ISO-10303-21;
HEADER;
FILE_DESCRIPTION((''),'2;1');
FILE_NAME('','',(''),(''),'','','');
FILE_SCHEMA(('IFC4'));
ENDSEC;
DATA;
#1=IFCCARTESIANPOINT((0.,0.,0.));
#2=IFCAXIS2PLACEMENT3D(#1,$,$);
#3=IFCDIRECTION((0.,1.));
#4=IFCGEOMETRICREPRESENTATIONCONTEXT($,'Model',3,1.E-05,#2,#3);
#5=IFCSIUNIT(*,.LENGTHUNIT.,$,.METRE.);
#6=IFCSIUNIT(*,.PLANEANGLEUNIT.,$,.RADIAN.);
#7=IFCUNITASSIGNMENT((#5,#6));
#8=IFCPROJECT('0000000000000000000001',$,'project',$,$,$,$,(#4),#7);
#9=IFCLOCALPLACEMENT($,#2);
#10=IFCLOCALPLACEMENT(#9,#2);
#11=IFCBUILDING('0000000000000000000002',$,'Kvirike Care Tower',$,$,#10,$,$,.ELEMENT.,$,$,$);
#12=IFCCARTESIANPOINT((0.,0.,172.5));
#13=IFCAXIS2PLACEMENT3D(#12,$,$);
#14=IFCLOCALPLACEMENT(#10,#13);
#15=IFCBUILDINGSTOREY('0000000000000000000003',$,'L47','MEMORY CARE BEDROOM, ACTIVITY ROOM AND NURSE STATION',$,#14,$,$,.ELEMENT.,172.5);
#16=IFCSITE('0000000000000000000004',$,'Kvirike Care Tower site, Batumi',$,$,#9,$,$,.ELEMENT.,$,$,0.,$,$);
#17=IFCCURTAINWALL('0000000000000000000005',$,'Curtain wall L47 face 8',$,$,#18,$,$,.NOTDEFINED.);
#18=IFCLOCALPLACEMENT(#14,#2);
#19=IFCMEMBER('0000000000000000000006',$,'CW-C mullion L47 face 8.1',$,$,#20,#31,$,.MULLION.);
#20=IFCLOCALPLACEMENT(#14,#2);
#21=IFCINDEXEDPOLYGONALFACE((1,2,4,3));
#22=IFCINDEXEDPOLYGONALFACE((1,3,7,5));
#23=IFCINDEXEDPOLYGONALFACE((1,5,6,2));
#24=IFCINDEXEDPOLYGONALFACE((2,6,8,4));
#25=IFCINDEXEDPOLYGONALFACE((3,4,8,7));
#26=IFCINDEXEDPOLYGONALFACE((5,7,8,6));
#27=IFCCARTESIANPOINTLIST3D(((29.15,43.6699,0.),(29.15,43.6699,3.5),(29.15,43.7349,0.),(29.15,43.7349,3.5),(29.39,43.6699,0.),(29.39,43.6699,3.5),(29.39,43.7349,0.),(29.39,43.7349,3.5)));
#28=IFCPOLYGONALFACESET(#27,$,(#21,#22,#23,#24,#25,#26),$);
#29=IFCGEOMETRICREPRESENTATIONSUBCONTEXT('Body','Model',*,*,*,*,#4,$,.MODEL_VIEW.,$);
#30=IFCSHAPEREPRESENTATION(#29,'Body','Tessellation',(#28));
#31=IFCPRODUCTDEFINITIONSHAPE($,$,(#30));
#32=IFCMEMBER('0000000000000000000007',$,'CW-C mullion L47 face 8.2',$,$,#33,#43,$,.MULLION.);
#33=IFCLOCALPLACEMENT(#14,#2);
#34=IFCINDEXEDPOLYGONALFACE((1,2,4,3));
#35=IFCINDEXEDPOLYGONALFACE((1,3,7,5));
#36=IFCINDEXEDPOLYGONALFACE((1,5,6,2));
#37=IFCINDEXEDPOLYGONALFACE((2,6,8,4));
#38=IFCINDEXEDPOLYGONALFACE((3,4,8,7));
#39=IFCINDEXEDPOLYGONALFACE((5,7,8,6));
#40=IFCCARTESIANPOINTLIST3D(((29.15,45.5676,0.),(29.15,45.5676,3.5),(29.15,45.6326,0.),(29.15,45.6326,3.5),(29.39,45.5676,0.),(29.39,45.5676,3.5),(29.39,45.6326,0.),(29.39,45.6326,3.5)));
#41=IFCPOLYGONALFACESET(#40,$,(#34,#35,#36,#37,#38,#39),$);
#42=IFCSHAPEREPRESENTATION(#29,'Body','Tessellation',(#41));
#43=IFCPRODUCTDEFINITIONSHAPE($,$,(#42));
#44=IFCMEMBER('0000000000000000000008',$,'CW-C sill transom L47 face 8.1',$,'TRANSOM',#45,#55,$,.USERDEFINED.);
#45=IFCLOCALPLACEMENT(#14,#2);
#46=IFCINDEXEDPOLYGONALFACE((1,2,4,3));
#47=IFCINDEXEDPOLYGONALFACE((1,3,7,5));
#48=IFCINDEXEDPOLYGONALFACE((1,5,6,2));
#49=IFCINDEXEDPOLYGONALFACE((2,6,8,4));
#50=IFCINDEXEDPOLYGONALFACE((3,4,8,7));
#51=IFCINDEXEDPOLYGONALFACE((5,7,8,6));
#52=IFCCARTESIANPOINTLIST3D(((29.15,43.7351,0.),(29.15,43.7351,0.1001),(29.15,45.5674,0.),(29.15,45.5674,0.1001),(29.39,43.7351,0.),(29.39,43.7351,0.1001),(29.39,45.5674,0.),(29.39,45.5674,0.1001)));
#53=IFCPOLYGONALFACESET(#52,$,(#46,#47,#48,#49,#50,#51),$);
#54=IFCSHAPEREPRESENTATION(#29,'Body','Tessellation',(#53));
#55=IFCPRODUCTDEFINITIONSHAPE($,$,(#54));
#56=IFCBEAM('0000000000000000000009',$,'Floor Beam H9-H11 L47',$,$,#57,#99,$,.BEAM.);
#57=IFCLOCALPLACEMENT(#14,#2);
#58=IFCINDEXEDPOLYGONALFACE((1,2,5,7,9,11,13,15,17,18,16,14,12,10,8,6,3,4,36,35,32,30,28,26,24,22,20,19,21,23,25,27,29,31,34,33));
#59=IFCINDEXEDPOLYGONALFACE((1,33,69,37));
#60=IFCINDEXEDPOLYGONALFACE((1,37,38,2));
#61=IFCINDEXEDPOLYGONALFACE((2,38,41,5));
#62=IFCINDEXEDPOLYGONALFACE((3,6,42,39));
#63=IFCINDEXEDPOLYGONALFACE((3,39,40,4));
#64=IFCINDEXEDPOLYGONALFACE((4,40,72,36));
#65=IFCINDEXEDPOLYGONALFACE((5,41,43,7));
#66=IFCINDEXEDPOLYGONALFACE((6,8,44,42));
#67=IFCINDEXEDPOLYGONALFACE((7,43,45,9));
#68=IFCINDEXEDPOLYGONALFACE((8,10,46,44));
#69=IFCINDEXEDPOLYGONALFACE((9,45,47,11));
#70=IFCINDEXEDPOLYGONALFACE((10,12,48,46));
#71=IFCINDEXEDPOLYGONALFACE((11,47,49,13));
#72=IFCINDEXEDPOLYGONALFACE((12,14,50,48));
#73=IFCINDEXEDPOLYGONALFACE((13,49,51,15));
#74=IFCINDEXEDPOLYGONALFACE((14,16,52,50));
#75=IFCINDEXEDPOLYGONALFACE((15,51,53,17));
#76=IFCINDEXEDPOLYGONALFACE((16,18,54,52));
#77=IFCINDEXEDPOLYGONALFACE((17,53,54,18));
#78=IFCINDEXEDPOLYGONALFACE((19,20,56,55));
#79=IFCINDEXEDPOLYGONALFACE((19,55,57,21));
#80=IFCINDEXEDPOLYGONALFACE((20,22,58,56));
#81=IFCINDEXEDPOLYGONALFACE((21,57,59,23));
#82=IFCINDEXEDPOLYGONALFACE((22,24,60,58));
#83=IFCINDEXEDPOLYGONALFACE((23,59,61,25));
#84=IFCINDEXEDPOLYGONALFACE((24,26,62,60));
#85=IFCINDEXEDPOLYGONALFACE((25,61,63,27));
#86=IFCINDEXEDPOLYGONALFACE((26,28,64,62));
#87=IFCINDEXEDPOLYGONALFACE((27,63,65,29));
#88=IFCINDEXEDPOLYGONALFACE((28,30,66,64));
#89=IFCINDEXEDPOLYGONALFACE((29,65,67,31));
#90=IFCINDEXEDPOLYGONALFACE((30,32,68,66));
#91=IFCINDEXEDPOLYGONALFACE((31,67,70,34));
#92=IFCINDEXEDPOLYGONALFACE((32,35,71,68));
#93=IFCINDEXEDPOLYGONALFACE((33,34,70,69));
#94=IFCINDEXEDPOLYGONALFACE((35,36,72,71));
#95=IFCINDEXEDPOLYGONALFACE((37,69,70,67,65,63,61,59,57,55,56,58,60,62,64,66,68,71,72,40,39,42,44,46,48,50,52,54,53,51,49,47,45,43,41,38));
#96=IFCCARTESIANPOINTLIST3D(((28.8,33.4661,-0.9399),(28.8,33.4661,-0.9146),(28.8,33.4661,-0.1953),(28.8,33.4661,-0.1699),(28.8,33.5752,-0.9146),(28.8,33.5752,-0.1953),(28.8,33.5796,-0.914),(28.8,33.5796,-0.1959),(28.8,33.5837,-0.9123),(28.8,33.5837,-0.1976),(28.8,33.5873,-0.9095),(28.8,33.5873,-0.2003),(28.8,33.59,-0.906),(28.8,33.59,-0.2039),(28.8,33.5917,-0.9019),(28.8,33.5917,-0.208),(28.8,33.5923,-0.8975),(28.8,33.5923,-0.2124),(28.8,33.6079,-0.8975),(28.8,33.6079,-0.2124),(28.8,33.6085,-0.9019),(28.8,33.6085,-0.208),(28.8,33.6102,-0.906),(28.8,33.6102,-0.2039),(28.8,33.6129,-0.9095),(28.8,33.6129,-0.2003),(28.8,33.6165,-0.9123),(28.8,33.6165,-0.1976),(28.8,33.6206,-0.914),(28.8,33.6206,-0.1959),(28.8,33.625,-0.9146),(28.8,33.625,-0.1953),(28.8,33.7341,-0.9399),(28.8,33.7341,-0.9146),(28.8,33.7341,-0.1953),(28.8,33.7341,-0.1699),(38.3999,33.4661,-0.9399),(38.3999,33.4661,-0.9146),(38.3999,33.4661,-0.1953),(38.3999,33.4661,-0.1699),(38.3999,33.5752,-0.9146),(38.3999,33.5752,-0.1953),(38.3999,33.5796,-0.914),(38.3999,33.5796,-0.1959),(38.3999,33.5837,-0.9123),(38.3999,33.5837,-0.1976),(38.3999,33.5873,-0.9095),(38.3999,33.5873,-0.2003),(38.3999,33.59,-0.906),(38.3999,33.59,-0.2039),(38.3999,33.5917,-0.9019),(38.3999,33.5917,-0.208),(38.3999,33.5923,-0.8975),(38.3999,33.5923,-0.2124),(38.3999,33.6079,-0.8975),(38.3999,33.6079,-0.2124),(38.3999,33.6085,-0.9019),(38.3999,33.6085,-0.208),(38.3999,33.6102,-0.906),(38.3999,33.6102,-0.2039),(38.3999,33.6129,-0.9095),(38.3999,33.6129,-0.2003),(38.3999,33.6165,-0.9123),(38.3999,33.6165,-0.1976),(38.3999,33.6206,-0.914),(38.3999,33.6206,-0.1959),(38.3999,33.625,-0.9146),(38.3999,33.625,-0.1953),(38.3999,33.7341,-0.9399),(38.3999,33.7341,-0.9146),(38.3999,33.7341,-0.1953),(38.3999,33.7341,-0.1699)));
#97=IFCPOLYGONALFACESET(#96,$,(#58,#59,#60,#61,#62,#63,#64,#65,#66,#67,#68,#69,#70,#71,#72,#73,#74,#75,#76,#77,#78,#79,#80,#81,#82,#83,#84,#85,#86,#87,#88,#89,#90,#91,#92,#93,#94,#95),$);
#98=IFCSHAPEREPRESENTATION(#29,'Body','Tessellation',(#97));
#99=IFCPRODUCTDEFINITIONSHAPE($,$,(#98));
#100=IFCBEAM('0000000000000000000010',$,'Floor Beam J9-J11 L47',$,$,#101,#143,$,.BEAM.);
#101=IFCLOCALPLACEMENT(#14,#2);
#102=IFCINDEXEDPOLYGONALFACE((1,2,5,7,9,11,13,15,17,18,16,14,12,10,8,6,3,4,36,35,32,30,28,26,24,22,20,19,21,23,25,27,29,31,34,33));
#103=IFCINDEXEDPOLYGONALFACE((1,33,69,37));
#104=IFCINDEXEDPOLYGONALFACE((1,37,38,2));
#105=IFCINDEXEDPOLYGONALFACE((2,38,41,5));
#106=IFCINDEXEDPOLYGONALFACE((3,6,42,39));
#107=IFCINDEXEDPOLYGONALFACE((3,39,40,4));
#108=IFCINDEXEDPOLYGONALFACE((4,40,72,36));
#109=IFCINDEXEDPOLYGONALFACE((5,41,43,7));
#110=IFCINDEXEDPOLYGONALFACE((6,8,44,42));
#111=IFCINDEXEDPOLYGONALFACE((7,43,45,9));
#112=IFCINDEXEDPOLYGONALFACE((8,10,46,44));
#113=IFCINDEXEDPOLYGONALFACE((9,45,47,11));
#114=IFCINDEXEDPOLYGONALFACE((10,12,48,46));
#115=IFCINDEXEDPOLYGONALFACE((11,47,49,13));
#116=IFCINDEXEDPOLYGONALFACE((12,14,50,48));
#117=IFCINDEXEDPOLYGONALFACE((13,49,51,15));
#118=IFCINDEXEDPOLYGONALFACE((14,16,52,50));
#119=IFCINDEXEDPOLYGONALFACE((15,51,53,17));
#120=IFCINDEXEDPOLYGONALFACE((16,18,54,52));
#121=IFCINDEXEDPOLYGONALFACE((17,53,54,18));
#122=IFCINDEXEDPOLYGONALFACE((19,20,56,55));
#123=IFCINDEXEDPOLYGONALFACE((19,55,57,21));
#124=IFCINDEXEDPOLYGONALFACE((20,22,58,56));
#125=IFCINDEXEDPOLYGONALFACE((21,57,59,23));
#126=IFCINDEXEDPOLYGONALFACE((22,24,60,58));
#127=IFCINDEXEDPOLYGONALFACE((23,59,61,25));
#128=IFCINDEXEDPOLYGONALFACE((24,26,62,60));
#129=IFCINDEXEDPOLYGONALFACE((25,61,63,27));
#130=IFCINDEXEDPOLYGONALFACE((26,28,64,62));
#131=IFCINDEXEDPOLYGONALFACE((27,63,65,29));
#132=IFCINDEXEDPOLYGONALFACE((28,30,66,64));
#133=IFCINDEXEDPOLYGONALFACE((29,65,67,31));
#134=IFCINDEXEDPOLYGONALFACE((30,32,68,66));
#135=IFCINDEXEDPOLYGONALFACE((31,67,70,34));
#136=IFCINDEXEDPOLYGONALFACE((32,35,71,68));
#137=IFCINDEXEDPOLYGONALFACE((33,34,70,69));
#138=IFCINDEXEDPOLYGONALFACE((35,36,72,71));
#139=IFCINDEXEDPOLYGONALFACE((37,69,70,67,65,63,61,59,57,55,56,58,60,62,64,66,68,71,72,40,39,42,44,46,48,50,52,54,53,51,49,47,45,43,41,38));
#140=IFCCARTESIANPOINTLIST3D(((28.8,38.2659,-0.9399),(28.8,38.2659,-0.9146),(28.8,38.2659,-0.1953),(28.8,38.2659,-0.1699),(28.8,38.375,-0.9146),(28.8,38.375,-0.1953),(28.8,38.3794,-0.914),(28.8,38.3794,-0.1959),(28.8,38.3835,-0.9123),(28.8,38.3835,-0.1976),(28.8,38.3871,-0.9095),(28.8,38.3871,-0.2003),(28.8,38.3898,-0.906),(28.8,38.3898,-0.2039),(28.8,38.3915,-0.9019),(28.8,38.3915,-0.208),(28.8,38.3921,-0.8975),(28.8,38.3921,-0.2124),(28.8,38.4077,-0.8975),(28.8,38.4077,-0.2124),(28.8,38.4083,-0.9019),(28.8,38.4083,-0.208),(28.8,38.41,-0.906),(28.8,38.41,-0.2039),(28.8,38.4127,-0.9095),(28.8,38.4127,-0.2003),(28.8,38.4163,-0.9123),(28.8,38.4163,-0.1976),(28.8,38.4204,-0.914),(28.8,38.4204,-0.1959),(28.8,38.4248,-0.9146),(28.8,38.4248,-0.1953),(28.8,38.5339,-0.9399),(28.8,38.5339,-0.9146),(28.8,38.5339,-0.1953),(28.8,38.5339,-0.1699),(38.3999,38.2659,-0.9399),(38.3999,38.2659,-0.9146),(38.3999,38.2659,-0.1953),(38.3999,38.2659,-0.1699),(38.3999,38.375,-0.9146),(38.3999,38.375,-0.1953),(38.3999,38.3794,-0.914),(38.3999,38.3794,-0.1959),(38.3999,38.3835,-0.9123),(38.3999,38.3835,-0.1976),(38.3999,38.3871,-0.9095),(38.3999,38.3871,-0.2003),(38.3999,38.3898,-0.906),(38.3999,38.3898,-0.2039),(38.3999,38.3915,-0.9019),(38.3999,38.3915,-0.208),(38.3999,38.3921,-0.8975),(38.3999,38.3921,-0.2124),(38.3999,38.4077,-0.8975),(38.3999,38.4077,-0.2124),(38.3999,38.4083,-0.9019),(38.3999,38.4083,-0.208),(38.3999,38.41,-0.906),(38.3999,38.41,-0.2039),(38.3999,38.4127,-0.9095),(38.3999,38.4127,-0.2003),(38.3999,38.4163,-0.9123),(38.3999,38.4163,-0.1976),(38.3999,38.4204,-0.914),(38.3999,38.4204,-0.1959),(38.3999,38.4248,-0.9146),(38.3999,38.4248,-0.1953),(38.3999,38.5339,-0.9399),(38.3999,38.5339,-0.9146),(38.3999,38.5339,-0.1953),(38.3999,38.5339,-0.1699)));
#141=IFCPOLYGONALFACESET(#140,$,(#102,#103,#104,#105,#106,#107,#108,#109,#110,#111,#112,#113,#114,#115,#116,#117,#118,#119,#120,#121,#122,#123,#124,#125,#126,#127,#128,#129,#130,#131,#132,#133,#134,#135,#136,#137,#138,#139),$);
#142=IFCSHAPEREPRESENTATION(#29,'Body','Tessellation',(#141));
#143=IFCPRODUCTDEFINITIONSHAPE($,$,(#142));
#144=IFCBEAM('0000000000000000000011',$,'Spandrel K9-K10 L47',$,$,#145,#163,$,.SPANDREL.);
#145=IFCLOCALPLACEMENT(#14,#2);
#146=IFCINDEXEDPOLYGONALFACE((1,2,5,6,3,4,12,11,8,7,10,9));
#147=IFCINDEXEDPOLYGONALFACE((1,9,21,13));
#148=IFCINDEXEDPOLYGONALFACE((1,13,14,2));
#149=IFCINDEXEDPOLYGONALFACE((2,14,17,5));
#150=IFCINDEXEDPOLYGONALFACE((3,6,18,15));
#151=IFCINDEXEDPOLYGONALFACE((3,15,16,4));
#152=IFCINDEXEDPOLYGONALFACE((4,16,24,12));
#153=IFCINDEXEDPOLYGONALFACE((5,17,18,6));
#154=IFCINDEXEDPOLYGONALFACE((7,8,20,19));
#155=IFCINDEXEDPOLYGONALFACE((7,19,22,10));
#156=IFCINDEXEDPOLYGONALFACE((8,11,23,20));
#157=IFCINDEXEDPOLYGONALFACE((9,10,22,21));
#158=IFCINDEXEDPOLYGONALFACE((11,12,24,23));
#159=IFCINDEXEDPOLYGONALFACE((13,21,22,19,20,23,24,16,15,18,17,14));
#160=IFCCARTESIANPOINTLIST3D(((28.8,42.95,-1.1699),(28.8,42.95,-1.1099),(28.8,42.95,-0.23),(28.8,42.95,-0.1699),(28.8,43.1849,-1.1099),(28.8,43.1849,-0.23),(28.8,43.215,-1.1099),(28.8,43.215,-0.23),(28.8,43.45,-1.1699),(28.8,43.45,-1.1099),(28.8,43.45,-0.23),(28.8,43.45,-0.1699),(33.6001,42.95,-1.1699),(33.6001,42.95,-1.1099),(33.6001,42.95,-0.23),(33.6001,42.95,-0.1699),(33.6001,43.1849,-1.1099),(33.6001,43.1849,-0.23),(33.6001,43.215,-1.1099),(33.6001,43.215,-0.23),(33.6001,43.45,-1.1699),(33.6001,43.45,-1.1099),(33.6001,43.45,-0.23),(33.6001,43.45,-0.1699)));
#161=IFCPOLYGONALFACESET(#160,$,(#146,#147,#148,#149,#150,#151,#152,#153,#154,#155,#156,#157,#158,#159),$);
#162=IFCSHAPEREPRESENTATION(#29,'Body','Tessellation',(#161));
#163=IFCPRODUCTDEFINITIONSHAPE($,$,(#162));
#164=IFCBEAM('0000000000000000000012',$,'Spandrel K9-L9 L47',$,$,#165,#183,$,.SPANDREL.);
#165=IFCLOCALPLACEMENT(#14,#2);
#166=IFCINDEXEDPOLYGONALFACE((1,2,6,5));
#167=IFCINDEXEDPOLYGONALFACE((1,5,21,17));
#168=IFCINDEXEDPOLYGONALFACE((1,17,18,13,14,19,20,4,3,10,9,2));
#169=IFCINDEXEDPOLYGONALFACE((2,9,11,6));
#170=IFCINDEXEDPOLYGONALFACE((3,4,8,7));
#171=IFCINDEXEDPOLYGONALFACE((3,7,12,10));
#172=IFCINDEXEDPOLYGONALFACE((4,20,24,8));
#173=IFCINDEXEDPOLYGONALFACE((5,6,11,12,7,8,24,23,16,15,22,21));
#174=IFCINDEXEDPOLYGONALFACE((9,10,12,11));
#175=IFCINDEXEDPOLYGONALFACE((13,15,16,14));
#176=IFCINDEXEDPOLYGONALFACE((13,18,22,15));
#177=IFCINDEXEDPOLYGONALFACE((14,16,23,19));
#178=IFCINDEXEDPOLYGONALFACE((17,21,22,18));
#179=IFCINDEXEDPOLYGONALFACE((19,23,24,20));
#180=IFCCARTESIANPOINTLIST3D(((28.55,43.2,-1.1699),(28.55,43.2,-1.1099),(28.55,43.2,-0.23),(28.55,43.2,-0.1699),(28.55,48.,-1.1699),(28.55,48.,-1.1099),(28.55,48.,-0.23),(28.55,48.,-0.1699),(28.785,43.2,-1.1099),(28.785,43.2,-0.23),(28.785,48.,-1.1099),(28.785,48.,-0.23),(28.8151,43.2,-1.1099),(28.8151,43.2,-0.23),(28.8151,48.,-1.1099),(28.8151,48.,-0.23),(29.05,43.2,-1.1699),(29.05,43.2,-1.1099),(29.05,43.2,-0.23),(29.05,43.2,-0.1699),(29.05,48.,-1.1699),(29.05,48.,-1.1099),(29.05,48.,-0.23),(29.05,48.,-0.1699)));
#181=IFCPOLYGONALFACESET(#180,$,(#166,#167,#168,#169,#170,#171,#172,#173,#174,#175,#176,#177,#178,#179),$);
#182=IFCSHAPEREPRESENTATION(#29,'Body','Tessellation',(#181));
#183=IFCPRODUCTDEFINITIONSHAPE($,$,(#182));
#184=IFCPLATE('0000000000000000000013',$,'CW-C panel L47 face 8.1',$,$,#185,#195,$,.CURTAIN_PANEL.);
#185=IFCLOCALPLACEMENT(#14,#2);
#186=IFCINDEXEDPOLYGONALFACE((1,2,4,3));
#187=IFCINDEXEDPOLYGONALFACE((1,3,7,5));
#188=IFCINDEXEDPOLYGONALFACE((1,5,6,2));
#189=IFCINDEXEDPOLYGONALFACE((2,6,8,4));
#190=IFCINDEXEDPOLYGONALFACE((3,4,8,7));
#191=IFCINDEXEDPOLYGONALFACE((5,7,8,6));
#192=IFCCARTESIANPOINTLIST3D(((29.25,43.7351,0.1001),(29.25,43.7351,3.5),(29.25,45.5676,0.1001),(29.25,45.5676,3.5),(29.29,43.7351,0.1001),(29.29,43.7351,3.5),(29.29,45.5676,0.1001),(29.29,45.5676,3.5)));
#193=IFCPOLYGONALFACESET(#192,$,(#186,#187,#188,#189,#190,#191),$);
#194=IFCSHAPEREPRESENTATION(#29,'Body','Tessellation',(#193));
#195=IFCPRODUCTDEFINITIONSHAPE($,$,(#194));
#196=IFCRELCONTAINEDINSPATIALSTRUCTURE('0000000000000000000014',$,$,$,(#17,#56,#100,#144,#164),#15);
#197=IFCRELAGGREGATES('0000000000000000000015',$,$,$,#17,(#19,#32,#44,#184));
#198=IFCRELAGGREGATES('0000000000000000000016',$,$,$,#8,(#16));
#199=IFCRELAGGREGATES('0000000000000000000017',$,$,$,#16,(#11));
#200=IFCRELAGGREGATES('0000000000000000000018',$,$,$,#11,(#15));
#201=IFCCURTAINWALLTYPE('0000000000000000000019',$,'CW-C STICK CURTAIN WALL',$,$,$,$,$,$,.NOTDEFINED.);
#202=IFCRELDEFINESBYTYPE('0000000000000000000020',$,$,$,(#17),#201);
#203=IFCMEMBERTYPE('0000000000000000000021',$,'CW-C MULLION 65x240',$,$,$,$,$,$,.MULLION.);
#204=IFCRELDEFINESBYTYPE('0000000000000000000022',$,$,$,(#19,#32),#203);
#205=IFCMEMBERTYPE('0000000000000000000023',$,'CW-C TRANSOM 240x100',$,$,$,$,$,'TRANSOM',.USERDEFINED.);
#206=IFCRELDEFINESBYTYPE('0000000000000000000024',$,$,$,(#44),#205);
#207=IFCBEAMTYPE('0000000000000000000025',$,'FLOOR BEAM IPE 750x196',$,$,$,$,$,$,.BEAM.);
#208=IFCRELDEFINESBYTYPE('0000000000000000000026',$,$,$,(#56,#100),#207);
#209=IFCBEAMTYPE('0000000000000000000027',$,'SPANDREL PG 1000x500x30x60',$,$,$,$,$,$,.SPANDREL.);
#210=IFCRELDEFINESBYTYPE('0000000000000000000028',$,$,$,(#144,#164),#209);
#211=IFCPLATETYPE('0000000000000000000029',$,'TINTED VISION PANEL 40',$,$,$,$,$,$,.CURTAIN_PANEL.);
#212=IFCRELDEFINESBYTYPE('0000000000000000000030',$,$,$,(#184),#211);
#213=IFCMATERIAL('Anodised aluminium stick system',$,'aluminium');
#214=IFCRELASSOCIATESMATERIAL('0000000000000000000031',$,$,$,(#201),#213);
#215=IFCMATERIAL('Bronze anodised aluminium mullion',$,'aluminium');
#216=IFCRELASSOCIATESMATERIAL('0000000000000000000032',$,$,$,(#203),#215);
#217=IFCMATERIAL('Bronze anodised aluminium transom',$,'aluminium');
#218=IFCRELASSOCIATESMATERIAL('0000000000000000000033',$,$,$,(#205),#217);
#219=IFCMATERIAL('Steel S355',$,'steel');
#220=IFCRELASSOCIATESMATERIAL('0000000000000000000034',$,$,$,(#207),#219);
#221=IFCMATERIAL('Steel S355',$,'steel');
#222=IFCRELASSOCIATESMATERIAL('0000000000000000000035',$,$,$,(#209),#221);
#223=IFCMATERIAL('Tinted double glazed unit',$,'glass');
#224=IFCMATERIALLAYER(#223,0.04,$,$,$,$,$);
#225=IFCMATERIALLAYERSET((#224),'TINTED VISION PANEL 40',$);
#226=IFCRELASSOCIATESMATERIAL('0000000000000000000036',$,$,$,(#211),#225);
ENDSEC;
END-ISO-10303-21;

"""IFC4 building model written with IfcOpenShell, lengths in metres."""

from ifc_helpers import new_model, si_unit, direction, frame, origin, origin_2d, place, context, subcontext, project, spatial, rectangle, i_section, extrude, material, layer, layer_set, material_profile, profile_set, type_object, element, aggregate, save


model = new_model("IFC4")

# Units and contexts
model_context = context("Model", 3, precision=1e-05, world=origin(), true_north=direction((0.0, 1.0)))
body_context = subcontext(model_context, "Body", "Model", "MODEL_VIEW")
ifc_project = project(units=[si_unit("LENGTHUNIT", "METRE"), si_unit("PLANEANGLEUNIT", "RADIAN")], contexts=[model_context])

# Site, building, storey
site_placement = place(None, origin())
site = spatial("IfcSite", under=ifc_project, at=site_placement, Name="Kvirike Care Tower site, Batumi", CompositionType="ELEMENT", RefElevation=0.0)
building_placement = place(site_placement, origin())
building = spatial("IfcBuilding", under=site, at=building_placement, Name="Kvirike Care Tower", CompositionType="ELEMENT")
storey_placement = place(building_placement, frame((0.0, 0.0, 172.5)))
storey = spatial("IfcBuildingStorey", under=building, at=storey_placement, Name="L47", Description="MEMORY CARE BEDROOM, ACTIVITY ROOM AND NURSE STATION", CompositionType="ELEMENT", Elevation=172.5)

# Curtain wall, members
ifc_material_1 = material(Name="Anodised aluminium stick system", Category="aluminium")
curtain_wall_type = type_object("IfcCurtainWallType", Name="CW-C STICK CURTAIN WALL", PredefinedType="NOTDEFINED", material=ifc_material_1)
curtain_wall_placement = place(storey_placement, origin())
curtain_wall = element("IfcCurtainWall", 1, at=curtain_wall_placement, inside=storey, type_object=curtain_wall_type, Name="Curtain wall L47 face 8", PredefinedType="NOTDEFINED")
ifc_material_2 = material(Name="Bronze anodised aluminium mullion", Category="aluminium")
ifc_material_profile_1 = material_profile(ifc_material_2, rectangle(XDim=0.0649, YDim=0.24, at=origin_2d()), Name="CW-C MULLION 65x240")
ifc_profile_set_1 = profile_set([ifc_material_profile_1], Name="Bronze anodised aluminium mullion")
member_type_1 = type_object("IfcMemberType", Name="CW-C MULLION 65x240", PredefinedType="MULLION", material=ifc_profile_set_1)
member_1_placement = place(storey_placement, frame((29.27, 43.7024, 0.0), z_axis=(0.0, 0.0, 1.0), x_axis=(0.0, 1.0, 0.0)))
member_1 = element("IfcMember", 2, at=member_1_placement, type_object=member_type_1, Name="CW-C mullion L47 face 8.1", PredefinedType="MULLION", context=body_context, shape_type="SweptSolid", body=[
    extrude(rectangle(XDim=0.0649, YDim=0.24, at=origin_2d()), origin(), (0.0, 0.0, 1.0), 3.5),
])
member_2_placement = place(storey_placement, frame((29.27, 45.6001, 0.0), z_axis=(0.0, 0.0, 1.0), x_axis=(0.0, 1.0, 0.0)))
member_2 = element("IfcMember", 3, at=member_2_placement, type_object=member_type_1, Name="CW-C mullion L47 face 8.2", PredefinedType="MULLION", context=body_context, shape_type="SweptSolid", body=[
    extrude(rectangle(XDim=0.0649, YDim=0.24, at=origin_2d()), origin(), (0.0, 0.0, 1.0), 3.5),
])
ifc_material_3 = material(Name="Bronze anodised aluminium transom", Category="aluminium")
ifc_material_profile_2 = material_profile(ifc_material_3, rectangle(XDim=0.24, YDim=0.1001, at=origin_2d()), Name="CW-C TRANSOM 240x100")
ifc_profile_set_2 = profile_set([ifc_material_profile_2], Name="Bronze anodised aluminium transom")
member_type_2 = type_object("IfcMemberType", Name="CW-C TRANSOM 240x100", ElementType="TRANSOM", PredefinedType="USERDEFINED", material=ifc_profile_set_2)
member_3_placement = place(storey_placement, frame((29.27, 43.7351, 0.05), z_axis=(0.0, 1.0, 0.0), x_axis=(-1.0, 0.0, 0.0)))
member_3 = element("IfcMember", 4, at=member_3_placement, type_object=member_type_2, Name="CW-C sill transom L47 face 8.1", ObjectType="TRANSOM", PredefinedType="USERDEFINED", context=body_context, shape_type="SweptSolid", body=[
    extrude(rectangle(XDim=0.24, YDim=0.1001, at=origin_2d()), origin(), (0.0, 0.0, 1.0), 1.8323),
])

# Beams
ifc_material_4 = material(Name="Steel S355", Category="steel")
ifc_material_profile_3 = material_profile(ifc_material_4, i_section(OverallWidth=0.2681, OverallDepth=0.77, WebThickness=0.0156, FlangeThickness=0.0254, FilletRadius=0.0171, at=origin_2d()), Name="IPE 750x196")
ifc_profile_set_3 = profile_set([ifc_material_profile_3], Name="Steel S355")
beam_type_1 = type_object("IfcBeamType", Name="FLOOR BEAM IPE 750x196", PredefinedType="BEAM", material=ifc_profile_set_3)
for number, where, z_axis, x_axis, name in (
    (5, (28.8, 33.6001, -0.5549), (1.0, 0.0, 0.0), (0.0, 1.0, 0.0), "Floor Beam H9-H11 L47"),
    (6, (28.8, 38.3999, -0.5549), (1.0, 0.0, 0.0), (0.0, 1.0, 0.0), "Floor Beam J9-J11 L47"),
):
    element("IfcBeam", number, at=place(storey_placement, frame(where, z_axis=z_axis, x_axis=x_axis)), inside=storey, type_object=beam_type_1, Name=name, PredefinedType="BEAM", context=body_context, shape_type="SweptSolid", body=[
        extrude(i_section(OverallWidth=0.2681, OverallDepth=0.77, WebThickness=0.0156, FlangeThickness=0.0254, FilletRadius=0.0171, at=origin_2d()), origin(), (0.0, 0.0, 1.0), 9.5999),
    ])
ifc_material_5 = material(Name="Steel S355", Category="steel")
ifc_material_profile_4 = material_profile(ifc_material_5, i_section(OverallWidth=0.5, OverallDepth=1.0, WebThickness=0.03, FlangeThickness=0.0601, at=origin_2d()), Name="PG 1000x500x30x60")
ifc_profile_set_4 = profile_set([ifc_material_profile_4], Name="Steel S355")
beam_type_2 = type_object("IfcBeamType", Name="SPANDREL PG 1000x500x30x60", PredefinedType="SPANDREL", material=ifc_profile_set_4)
for number, where, z_axis, x_axis, name in (
    (7, (28.8, 43.2, -0.6699), (1.0, 0.0, 0.0), (0.0, 1.0, 0.0), "Spandrel K9-K10 L47"),
    (8, (28.8, 43.2, -0.6699), (0.0, 1.0, 0.0), (-1.0, 0.0, 0.0), "Spandrel K9-L9 L47"),
):
    element("IfcBeam", number, at=place(storey_placement, frame(where, z_axis=z_axis, x_axis=x_axis)), inside=storey, type_object=beam_type_2, Name=name, PredefinedType="SPANDREL", context=body_context, shape_type="SweptSolid", body=[
        extrude(i_section(OverallWidth=0.5, OverallDepth=1.0, WebThickness=0.03, FlangeThickness=0.0601, at=origin_2d()), origin(), (0.0, 0.0, 1.0), 4.8),
    ])

# Plate
ifc_material_6 = material(Name="Tinted double glazed unit", Category="glass")
ifc_layer_1 = layer(ifc_material_6, 0.04)
ifc_layer_set_1 = layer_set([ifc_layer_1], Name="TINTED VISION PANEL 40")
plate_type = type_object("IfcPlateType", Name="TINTED VISION PANEL 40", PredefinedType="CURTAIN_PANEL", material=ifc_layer_set_1)
plate_placement = place(storey_placement, frame((29.27, 44.6514, 0.1001), z_axis=(0.0, 0.0, 1.0), x_axis=(0.0, 1.0, 0.0)))
plate = element("IfcPlate", 9, at=plate_placement, type_object=plate_type, Name="CW-C panel L47 face 8.1", PredefinedType="CURTAIN_PANEL", context=body_context, shape_type="SweptSolid", body=[
    extrude(rectangle(XDim=1.8325, YDim=0.04, at=origin_2d()), origin(), (0.0, 0.0, 1.0), 3.3999),
])
aggregate(curtain_wall, [member_1, member_2, member_3, plate])

save(model, "model.ifc")
